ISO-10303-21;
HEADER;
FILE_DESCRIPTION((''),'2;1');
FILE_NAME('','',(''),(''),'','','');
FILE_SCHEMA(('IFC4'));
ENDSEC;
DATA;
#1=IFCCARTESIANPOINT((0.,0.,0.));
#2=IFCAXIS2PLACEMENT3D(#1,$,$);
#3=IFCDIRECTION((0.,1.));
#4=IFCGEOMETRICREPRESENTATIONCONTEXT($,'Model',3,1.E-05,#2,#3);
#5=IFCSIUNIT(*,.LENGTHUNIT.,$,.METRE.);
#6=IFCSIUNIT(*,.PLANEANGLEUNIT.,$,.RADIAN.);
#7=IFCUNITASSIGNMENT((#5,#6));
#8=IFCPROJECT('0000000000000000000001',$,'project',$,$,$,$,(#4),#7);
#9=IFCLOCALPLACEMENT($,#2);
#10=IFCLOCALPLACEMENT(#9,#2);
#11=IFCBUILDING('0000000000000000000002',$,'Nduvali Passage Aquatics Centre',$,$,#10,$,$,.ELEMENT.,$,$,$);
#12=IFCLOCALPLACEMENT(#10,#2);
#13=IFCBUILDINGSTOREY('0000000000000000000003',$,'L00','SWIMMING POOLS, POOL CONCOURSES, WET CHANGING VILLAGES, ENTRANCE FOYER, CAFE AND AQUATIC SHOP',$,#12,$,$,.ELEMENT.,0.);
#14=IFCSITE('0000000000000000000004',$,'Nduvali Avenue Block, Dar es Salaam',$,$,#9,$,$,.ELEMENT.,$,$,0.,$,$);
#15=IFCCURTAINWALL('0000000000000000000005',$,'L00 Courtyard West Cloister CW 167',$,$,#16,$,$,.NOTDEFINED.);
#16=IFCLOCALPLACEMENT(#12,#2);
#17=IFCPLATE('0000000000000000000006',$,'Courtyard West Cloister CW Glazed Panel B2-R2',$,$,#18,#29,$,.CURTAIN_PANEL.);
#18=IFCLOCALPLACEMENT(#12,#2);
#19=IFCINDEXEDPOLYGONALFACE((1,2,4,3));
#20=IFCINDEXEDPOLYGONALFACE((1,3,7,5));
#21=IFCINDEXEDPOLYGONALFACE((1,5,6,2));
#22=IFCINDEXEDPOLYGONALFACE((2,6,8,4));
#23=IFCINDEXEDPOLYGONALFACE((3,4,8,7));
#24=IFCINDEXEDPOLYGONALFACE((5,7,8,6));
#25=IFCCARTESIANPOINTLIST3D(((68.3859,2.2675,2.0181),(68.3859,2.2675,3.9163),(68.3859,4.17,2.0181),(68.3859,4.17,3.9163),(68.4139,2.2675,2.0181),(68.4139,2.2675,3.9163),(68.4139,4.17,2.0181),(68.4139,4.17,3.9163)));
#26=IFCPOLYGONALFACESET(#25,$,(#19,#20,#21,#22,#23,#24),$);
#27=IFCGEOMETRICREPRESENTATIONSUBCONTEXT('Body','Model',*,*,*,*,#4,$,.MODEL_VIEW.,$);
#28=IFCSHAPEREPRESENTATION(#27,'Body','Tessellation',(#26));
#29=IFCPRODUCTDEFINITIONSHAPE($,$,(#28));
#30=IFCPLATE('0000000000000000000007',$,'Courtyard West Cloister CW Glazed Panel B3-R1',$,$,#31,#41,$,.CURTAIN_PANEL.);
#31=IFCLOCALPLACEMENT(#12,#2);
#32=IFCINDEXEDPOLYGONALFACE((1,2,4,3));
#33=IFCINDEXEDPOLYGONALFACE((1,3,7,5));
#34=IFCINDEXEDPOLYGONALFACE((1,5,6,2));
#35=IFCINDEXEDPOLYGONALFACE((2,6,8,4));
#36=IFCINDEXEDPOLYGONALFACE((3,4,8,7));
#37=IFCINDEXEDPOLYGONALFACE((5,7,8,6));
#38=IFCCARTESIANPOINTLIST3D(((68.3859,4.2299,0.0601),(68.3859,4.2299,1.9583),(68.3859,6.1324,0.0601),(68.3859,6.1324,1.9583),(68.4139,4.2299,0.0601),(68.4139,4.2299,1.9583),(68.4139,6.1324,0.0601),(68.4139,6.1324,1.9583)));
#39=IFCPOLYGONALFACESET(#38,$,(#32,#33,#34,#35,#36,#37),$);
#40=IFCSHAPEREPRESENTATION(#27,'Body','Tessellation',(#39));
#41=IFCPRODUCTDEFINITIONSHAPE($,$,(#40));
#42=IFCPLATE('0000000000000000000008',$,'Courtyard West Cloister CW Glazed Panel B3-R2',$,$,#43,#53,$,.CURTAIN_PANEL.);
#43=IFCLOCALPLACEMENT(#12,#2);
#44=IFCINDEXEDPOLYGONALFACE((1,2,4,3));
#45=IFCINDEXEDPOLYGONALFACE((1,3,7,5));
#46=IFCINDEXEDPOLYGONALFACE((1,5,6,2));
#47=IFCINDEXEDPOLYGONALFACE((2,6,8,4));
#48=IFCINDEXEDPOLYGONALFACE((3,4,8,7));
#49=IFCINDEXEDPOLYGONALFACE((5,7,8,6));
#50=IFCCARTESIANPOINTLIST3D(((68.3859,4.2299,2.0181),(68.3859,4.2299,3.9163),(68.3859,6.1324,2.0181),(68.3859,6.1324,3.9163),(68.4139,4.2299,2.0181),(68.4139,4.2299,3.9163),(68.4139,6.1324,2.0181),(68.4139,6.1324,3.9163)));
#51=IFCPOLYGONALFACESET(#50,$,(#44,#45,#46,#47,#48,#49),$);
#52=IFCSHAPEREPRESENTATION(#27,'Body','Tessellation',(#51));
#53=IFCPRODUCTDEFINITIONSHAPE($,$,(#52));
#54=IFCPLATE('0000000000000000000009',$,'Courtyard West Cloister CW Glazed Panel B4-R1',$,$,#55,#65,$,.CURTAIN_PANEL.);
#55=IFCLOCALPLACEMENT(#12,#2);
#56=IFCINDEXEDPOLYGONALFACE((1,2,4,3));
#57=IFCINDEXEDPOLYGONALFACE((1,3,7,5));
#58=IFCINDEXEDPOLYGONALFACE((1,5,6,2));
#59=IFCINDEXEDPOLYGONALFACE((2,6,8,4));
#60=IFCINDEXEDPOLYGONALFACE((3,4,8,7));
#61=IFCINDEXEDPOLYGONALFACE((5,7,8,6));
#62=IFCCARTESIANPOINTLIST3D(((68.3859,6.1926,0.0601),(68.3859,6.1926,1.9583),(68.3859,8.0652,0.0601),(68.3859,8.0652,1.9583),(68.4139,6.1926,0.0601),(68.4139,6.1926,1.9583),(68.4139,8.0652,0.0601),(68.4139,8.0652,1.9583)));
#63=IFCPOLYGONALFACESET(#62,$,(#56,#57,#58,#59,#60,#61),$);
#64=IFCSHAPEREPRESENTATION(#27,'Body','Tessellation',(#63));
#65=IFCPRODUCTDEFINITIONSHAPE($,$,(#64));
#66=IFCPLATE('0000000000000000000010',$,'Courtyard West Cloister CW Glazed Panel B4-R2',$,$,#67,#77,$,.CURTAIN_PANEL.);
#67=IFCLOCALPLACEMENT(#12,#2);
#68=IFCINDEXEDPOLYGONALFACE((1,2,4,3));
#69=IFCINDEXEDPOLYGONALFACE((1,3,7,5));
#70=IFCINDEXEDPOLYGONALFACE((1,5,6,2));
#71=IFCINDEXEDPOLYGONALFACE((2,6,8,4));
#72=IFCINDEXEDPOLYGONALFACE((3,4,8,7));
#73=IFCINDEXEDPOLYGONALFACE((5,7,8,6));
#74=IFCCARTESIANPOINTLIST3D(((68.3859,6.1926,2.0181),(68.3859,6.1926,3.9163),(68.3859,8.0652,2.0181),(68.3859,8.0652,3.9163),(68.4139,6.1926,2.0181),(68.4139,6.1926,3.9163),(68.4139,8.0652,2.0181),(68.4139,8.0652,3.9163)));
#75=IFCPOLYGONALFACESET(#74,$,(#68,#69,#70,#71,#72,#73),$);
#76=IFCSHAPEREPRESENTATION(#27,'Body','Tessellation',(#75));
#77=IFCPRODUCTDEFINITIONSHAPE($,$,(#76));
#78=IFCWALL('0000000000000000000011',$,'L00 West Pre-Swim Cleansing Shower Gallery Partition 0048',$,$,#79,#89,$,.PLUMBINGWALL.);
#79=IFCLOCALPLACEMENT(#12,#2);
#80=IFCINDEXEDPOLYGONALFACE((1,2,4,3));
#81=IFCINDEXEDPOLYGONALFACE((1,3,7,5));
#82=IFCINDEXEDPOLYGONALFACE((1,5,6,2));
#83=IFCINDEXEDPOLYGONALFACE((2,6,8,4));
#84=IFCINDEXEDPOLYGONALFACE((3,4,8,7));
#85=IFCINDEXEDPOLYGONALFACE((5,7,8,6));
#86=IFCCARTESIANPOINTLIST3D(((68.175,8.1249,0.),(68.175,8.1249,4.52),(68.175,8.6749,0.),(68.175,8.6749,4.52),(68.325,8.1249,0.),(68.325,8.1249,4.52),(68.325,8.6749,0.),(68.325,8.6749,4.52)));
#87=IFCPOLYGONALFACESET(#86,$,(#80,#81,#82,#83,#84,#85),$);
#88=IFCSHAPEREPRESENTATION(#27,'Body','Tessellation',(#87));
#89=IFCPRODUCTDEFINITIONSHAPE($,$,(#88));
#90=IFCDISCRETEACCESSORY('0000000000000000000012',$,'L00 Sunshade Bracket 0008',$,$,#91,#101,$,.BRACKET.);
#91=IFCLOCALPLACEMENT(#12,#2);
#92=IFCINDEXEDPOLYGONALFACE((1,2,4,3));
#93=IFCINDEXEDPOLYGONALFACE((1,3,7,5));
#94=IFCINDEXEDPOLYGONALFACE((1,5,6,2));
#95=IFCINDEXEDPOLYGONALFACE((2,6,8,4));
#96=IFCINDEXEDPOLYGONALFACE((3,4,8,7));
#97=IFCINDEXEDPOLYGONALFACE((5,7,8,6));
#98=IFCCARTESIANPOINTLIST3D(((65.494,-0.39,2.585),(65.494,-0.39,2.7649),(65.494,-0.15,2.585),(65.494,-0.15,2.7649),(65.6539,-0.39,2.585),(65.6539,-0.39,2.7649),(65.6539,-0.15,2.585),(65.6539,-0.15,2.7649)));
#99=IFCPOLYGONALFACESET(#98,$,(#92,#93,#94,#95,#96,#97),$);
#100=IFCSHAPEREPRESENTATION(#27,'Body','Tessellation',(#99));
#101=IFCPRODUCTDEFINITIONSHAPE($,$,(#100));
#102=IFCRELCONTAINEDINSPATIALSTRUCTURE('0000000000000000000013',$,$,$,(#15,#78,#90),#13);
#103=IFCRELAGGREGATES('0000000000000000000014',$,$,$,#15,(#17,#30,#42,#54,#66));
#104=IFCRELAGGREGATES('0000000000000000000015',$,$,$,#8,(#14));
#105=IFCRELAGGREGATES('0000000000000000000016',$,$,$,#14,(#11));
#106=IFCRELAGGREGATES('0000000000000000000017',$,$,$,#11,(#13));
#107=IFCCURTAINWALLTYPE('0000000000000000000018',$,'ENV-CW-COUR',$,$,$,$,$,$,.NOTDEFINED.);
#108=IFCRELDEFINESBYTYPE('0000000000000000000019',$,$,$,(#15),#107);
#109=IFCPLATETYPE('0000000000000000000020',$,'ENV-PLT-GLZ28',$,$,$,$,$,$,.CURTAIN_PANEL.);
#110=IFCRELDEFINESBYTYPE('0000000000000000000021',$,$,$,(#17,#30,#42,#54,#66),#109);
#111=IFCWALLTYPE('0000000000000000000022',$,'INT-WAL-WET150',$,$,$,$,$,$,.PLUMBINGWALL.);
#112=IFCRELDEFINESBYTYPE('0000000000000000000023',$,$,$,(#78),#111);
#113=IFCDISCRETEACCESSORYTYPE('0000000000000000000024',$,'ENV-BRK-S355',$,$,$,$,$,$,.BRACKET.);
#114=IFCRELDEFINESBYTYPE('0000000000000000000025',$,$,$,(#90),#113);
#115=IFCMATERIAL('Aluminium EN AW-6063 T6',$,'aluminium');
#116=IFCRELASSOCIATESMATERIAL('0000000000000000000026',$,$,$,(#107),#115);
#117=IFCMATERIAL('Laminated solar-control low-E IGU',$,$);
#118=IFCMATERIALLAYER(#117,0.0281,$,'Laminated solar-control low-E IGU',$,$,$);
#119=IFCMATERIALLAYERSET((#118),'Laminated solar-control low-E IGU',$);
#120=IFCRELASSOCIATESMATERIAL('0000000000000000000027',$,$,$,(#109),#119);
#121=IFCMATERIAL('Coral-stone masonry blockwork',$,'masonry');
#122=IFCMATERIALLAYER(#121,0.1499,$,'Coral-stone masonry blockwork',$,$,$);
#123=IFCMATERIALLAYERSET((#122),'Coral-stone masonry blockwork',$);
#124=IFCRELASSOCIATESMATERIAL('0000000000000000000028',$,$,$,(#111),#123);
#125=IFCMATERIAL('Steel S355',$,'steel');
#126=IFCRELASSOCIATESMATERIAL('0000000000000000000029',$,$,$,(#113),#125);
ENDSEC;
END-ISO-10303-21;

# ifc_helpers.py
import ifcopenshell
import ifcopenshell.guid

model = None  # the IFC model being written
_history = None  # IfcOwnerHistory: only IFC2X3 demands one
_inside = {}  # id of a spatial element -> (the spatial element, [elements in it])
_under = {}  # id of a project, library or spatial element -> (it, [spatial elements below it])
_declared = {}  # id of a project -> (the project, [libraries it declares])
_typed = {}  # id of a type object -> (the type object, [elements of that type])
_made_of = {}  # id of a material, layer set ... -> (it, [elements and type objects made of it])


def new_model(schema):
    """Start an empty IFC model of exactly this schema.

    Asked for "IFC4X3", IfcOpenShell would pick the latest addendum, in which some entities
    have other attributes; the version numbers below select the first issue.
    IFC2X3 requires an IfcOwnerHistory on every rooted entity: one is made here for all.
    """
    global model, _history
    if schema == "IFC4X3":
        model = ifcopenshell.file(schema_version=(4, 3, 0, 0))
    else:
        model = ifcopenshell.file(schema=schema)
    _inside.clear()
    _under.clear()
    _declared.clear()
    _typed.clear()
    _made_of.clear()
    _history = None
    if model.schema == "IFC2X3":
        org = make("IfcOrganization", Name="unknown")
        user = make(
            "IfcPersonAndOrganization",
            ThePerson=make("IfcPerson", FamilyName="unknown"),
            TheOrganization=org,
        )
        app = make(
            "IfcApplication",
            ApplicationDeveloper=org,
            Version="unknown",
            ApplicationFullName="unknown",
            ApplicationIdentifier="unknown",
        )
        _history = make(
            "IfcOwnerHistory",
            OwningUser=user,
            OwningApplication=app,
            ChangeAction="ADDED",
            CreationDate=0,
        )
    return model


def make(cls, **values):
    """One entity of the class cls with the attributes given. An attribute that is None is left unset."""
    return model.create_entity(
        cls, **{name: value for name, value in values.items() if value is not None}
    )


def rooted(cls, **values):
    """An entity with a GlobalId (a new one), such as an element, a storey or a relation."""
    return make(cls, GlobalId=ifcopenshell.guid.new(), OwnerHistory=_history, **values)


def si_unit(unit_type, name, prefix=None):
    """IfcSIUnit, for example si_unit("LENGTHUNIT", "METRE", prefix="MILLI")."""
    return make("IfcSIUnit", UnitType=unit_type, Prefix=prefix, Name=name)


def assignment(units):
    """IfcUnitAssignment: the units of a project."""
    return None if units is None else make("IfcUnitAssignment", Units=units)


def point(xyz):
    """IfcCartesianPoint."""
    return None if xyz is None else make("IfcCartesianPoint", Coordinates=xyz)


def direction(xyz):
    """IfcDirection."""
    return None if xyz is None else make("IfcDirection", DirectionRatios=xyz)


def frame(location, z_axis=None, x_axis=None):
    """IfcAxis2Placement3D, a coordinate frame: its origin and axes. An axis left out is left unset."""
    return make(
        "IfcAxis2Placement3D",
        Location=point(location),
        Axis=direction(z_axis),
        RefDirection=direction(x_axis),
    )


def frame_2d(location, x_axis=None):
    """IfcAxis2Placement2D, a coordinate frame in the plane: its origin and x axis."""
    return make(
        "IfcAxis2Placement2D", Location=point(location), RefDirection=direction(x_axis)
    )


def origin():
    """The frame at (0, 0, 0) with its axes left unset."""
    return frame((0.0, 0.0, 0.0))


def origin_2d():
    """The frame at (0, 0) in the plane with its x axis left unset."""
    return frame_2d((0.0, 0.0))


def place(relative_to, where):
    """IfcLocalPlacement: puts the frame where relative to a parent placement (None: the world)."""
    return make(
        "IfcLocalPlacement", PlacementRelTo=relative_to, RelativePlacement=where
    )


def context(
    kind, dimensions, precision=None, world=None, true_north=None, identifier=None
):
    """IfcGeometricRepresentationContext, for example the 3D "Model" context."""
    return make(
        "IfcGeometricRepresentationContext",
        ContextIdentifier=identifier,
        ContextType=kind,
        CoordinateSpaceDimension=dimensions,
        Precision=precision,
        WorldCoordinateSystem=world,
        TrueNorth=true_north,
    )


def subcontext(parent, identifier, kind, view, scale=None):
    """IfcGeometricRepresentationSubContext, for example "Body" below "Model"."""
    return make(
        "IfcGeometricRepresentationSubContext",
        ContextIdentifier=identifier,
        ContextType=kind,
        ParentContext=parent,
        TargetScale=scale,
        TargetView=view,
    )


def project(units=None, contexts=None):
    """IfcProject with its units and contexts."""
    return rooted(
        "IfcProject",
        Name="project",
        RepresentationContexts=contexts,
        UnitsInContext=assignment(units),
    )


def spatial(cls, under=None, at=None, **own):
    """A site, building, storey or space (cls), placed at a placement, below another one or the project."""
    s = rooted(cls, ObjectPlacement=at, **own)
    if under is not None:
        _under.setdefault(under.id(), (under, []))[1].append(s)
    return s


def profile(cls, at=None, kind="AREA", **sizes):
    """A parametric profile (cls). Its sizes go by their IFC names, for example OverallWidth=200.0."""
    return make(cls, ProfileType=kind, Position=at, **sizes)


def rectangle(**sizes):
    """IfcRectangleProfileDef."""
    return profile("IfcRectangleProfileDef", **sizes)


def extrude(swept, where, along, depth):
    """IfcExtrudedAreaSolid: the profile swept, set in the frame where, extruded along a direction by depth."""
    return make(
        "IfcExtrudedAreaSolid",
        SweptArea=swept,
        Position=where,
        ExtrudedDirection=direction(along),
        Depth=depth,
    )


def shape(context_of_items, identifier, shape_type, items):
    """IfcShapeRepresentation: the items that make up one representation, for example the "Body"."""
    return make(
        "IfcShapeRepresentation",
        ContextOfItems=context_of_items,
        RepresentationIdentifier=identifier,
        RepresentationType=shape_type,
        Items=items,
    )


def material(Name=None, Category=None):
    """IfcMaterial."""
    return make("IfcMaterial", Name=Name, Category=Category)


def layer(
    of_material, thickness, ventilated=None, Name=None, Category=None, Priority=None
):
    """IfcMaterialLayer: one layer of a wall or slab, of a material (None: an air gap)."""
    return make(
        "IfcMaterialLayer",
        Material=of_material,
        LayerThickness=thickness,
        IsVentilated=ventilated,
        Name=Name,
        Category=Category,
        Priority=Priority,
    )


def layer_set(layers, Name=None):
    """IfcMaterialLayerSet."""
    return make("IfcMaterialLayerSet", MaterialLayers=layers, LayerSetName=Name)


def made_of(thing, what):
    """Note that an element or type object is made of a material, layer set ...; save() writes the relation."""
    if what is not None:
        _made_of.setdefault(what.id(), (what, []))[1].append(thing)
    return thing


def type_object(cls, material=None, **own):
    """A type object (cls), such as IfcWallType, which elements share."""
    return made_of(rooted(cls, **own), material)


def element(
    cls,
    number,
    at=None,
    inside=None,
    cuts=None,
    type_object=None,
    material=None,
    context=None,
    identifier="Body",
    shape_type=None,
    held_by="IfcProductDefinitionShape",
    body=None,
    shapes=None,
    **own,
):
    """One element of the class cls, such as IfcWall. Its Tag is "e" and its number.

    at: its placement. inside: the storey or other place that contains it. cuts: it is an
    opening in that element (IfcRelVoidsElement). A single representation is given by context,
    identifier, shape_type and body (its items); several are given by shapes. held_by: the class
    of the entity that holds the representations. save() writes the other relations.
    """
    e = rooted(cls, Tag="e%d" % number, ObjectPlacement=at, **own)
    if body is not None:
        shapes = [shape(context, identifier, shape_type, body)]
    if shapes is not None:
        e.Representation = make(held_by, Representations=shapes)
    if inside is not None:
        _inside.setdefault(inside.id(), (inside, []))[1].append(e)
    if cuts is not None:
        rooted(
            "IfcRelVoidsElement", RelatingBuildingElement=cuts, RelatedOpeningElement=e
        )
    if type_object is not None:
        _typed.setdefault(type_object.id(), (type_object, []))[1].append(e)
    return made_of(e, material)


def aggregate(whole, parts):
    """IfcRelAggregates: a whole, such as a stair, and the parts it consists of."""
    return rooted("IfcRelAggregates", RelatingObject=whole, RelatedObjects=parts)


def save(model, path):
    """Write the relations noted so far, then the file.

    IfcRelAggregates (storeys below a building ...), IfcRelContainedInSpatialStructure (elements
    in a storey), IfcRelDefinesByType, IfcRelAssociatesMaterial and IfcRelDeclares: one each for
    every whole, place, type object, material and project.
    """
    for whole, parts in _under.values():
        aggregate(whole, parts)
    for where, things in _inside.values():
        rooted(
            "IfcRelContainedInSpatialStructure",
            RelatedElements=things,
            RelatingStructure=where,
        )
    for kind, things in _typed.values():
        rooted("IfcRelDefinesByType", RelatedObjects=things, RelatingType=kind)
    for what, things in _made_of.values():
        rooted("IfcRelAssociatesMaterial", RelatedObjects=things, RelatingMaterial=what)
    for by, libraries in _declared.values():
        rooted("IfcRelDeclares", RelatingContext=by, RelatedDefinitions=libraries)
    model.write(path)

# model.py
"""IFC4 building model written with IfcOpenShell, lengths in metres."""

from ifc_helpers import new_model, si_unit, direction, frame, frame_2d, origin, origin_2d, place, context, subcontext, project, spatial, rectangle, extrude, material, layer, layer_set, type_object, element, aggregate, save


model = new_model("IFC4")

# Units and contexts
model_context = context("Model", 3, precision=1e-05, world=origin(), true_north=direction((0.0, 1.0)))
body_context = subcontext(model_context, "Body", "Model", "MODEL_VIEW")
ifc_project = project(units=[si_unit("LENGTHUNIT", "METRE"), si_unit("PLANEANGLEUNIT", "RADIAN")], contexts=[model_context])

# Site, building, storey
site_placement = place(None, origin())
site = spatial("IfcSite", under=ifc_project, at=site_placement, Name="Nduvali Avenue Block, Dar es Salaam", CompositionType="ELEMENT", RefElevation=0.0)
building_placement = place(site_placement, origin())
building = spatial("IfcBuilding", under=site, at=building_placement, Name="Nduvali Passage Aquatics Centre", CompositionType="ELEMENT")
storey_placement = place(building_placement, origin())
storey = spatial("IfcBuildingStorey", under=building, at=storey_placement, Name="L00", Description="SWIMMING POOLS, POOL CONCOURSES, WET CHANGING VILLAGES, ENTRANCE FOYER, CAFE AND AQUATIC SHOP", CompositionType="ELEMENT", Elevation=0.0)

# Curtain wall
ifc_material_1 = material(Name="Aluminium EN AW-6063 T6", Category="aluminium")
curtain_wall_type = type_object("IfcCurtainWallType", Name="ENV-CW-COUR", PredefinedType="NOTDEFINED", material=ifc_material_1)
curtain_wall_placement = place(storey_placement, origin())
curtain_wall = element("IfcCurtainWall", 1, at=curtain_wall_placement, inside=storey, type_object=curtain_wall_type, Name="L00 Courtyard West Cloister CW 167", PredefinedType="NOTDEFINED")

# Plates
ifc_material_2 = material(Name="Laminated solar-control low-E IGU")
ifc_layer_1 = layer(ifc_material_2, 0.0281, Name="Laminated solar-control low-E IGU")
ifc_layer_set_1 = layer_set([ifc_layer_1], Name="Laminated solar-control low-E IGU")
plate_type = type_object("IfcPlateType", Name="ENV-PLT-GLZ28", PredefinedType="CURTAIN_PANEL", material=ifc_layer_set_1)
plate_1_placement = place(storey_placement, frame((68.3999, 3.2188, 2.0181), z_axis=(0.0, 0.0, 1.0), x_axis=(0.0, 1.0, 0.0)))
plate_1 = element("IfcPlate", 2, at=plate_1_placement, type_object=plate_type, Name="Courtyard West Cloister CW Glazed Panel B2-R2", PredefinedType="CURTAIN_PANEL", context=body_context, shape_type="SweptSolid", body=[
    extrude(rectangle(XDim=1.9026, YDim=0.0281, at=origin_2d()), origin(), (0.0, 0.0, 1.0), 1.8982),
])
plate_2_placement = place(storey_placement, frame((68.3999, 5.1812, 0.0601), z_axis=(0.0, 0.0, 1.0), x_axis=(0.0, 1.0, 0.0)))
plate_2 = element("IfcPlate", 3, at=plate_2_placement, type_object=plate_type, Name="Courtyard West Cloister CW Glazed Panel B3-R1", PredefinedType="CURTAIN_PANEL", context=body_context, shape_type="SweptSolid", body=[
    extrude(rectangle(XDim=1.9026, YDim=0.0281, at=origin_2d()), origin(), (0.0, 0.0, 1.0), 1.8982),
])
plate_3_placement = place(storey_placement, frame((68.3999, 5.1812, 2.0181), z_axis=(0.0, 0.0, 1.0), x_axis=(0.0, 1.0, 0.0)))
plate_3 = element("IfcPlate", 4, at=plate_3_placement, type_object=plate_type, Name="Courtyard West Cloister CW Glazed Panel B3-R2", PredefinedType="CURTAIN_PANEL", context=body_context, shape_type="SweptSolid", body=[
    extrude(rectangle(XDim=1.9026, YDim=0.0281, at=origin_2d()), origin(), (0.0, 0.0, 1.0), 1.8982),
])
plate_4_placement = place(storey_placement, frame((68.3999, 7.1289, 0.0601), z_axis=(0.0, 0.0, 1.0), x_axis=(0.0, 1.0, 0.0)))
plate_4 = element("IfcPlate", 5, at=plate_4_placement, type_object=plate_type, Name="Courtyard West Cloister CW Glazed Panel B4-R1", PredefinedType="CURTAIN_PANEL", context=body_context, shape_type="SweptSolid", body=[
    extrude(rectangle(XDim=1.8726, YDim=0.0281, at=origin_2d()), origin(), (0.0, 0.0, 1.0), 1.8982),
])
plate_5_placement = place(storey_placement, frame((68.3999, 7.1289, 2.0181), z_axis=(0.0, 0.0, 1.0), x_axis=(0.0, 1.0, 0.0)))
plate_5 = element("IfcPlate", 6, at=plate_5_placement, type_object=plate_type, Name="Courtyard West Cloister CW Glazed Panel B4-R2", PredefinedType="CURTAIN_PANEL", context=body_context, shape_type="SweptSolid", body=[
    extrude(rectangle(XDim=1.8726, YDim=0.0281, at=origin_2d()), origin(), (0.0, 0.0, 1.0), 1.8982),
])
aggregate(curtain_wall, [plate_1, plate_2, plate_3, plate_4, plate_5])

# Wall
ifc_material_3 = material(Name="Coral-stone masonry blockwork", Category="masonry")
ifc_layer_2 = layer(ifc_material_3, 0.1499, Name="Coral-stone masonry blockwork")
ifc_layer_set_2 = layer_set([ifc_layer_2], Name="Coral-stone masonry blockwork")
wall_type = type_object("IfcWallType", Name="INT-WAL-WET150", PredefinedType="PLUMBINGWALL", material=ifc_layer_set_2)
wall_placement = place(storey_placement, frame((68.25, 8.125, 0.0), z_axis=(0.0, 0.0, 1.0), x_axis=(0.0, 1.0, 0.0)))
element("IfcWall", 7, at=wall_placement, inside=storey, type_object=wall_type, Name="L00 West Pre-Swim Cleansing Shower Gallery Partition 0048", PredefinedType="PLUMBINGWALL", context=body_context, shape_type="SweptSolid", body=[
    extrude(rectangle(XDim=0.55, YDim=0.1499, at=frame_2d((0.2749, 0.0))), origin(), (0.0, 0.0, 1.0), 4.52),
])

# Discrete accessory
ifc_material_4 = material(Name="Steel S355", Category="steel")
discrete_accessory_type = type_object("IfcDiscreteAccessoryType", Name="ENV-BRK-S355", PredefinedType="BRACKET", material=ifc_material_4)
discrete_accessory_placement = place(storey_placement, frame((65.574, -0.27, 2.585), z_axis=(0.0, 0.0, 1.0), x_axis=(1.0, 0.0, 0.0)))
element("IfcDiscreteAccessory", 8, at=discrete_accessory_placement, inside=storey, type_object=discrete_accessory_type, Name="L00 Sunshade Bracket 0008", PredefinedType="BRACKET", context=body_context, shape_type="SweptSolid", body=[
    extrude(rectangle(XDim=0.1599, YDim=0.24, at=origin_2d()), origin(), (0.0, 0.0, 1.0), 0.1799),
])

save(model, "model.ifc")
